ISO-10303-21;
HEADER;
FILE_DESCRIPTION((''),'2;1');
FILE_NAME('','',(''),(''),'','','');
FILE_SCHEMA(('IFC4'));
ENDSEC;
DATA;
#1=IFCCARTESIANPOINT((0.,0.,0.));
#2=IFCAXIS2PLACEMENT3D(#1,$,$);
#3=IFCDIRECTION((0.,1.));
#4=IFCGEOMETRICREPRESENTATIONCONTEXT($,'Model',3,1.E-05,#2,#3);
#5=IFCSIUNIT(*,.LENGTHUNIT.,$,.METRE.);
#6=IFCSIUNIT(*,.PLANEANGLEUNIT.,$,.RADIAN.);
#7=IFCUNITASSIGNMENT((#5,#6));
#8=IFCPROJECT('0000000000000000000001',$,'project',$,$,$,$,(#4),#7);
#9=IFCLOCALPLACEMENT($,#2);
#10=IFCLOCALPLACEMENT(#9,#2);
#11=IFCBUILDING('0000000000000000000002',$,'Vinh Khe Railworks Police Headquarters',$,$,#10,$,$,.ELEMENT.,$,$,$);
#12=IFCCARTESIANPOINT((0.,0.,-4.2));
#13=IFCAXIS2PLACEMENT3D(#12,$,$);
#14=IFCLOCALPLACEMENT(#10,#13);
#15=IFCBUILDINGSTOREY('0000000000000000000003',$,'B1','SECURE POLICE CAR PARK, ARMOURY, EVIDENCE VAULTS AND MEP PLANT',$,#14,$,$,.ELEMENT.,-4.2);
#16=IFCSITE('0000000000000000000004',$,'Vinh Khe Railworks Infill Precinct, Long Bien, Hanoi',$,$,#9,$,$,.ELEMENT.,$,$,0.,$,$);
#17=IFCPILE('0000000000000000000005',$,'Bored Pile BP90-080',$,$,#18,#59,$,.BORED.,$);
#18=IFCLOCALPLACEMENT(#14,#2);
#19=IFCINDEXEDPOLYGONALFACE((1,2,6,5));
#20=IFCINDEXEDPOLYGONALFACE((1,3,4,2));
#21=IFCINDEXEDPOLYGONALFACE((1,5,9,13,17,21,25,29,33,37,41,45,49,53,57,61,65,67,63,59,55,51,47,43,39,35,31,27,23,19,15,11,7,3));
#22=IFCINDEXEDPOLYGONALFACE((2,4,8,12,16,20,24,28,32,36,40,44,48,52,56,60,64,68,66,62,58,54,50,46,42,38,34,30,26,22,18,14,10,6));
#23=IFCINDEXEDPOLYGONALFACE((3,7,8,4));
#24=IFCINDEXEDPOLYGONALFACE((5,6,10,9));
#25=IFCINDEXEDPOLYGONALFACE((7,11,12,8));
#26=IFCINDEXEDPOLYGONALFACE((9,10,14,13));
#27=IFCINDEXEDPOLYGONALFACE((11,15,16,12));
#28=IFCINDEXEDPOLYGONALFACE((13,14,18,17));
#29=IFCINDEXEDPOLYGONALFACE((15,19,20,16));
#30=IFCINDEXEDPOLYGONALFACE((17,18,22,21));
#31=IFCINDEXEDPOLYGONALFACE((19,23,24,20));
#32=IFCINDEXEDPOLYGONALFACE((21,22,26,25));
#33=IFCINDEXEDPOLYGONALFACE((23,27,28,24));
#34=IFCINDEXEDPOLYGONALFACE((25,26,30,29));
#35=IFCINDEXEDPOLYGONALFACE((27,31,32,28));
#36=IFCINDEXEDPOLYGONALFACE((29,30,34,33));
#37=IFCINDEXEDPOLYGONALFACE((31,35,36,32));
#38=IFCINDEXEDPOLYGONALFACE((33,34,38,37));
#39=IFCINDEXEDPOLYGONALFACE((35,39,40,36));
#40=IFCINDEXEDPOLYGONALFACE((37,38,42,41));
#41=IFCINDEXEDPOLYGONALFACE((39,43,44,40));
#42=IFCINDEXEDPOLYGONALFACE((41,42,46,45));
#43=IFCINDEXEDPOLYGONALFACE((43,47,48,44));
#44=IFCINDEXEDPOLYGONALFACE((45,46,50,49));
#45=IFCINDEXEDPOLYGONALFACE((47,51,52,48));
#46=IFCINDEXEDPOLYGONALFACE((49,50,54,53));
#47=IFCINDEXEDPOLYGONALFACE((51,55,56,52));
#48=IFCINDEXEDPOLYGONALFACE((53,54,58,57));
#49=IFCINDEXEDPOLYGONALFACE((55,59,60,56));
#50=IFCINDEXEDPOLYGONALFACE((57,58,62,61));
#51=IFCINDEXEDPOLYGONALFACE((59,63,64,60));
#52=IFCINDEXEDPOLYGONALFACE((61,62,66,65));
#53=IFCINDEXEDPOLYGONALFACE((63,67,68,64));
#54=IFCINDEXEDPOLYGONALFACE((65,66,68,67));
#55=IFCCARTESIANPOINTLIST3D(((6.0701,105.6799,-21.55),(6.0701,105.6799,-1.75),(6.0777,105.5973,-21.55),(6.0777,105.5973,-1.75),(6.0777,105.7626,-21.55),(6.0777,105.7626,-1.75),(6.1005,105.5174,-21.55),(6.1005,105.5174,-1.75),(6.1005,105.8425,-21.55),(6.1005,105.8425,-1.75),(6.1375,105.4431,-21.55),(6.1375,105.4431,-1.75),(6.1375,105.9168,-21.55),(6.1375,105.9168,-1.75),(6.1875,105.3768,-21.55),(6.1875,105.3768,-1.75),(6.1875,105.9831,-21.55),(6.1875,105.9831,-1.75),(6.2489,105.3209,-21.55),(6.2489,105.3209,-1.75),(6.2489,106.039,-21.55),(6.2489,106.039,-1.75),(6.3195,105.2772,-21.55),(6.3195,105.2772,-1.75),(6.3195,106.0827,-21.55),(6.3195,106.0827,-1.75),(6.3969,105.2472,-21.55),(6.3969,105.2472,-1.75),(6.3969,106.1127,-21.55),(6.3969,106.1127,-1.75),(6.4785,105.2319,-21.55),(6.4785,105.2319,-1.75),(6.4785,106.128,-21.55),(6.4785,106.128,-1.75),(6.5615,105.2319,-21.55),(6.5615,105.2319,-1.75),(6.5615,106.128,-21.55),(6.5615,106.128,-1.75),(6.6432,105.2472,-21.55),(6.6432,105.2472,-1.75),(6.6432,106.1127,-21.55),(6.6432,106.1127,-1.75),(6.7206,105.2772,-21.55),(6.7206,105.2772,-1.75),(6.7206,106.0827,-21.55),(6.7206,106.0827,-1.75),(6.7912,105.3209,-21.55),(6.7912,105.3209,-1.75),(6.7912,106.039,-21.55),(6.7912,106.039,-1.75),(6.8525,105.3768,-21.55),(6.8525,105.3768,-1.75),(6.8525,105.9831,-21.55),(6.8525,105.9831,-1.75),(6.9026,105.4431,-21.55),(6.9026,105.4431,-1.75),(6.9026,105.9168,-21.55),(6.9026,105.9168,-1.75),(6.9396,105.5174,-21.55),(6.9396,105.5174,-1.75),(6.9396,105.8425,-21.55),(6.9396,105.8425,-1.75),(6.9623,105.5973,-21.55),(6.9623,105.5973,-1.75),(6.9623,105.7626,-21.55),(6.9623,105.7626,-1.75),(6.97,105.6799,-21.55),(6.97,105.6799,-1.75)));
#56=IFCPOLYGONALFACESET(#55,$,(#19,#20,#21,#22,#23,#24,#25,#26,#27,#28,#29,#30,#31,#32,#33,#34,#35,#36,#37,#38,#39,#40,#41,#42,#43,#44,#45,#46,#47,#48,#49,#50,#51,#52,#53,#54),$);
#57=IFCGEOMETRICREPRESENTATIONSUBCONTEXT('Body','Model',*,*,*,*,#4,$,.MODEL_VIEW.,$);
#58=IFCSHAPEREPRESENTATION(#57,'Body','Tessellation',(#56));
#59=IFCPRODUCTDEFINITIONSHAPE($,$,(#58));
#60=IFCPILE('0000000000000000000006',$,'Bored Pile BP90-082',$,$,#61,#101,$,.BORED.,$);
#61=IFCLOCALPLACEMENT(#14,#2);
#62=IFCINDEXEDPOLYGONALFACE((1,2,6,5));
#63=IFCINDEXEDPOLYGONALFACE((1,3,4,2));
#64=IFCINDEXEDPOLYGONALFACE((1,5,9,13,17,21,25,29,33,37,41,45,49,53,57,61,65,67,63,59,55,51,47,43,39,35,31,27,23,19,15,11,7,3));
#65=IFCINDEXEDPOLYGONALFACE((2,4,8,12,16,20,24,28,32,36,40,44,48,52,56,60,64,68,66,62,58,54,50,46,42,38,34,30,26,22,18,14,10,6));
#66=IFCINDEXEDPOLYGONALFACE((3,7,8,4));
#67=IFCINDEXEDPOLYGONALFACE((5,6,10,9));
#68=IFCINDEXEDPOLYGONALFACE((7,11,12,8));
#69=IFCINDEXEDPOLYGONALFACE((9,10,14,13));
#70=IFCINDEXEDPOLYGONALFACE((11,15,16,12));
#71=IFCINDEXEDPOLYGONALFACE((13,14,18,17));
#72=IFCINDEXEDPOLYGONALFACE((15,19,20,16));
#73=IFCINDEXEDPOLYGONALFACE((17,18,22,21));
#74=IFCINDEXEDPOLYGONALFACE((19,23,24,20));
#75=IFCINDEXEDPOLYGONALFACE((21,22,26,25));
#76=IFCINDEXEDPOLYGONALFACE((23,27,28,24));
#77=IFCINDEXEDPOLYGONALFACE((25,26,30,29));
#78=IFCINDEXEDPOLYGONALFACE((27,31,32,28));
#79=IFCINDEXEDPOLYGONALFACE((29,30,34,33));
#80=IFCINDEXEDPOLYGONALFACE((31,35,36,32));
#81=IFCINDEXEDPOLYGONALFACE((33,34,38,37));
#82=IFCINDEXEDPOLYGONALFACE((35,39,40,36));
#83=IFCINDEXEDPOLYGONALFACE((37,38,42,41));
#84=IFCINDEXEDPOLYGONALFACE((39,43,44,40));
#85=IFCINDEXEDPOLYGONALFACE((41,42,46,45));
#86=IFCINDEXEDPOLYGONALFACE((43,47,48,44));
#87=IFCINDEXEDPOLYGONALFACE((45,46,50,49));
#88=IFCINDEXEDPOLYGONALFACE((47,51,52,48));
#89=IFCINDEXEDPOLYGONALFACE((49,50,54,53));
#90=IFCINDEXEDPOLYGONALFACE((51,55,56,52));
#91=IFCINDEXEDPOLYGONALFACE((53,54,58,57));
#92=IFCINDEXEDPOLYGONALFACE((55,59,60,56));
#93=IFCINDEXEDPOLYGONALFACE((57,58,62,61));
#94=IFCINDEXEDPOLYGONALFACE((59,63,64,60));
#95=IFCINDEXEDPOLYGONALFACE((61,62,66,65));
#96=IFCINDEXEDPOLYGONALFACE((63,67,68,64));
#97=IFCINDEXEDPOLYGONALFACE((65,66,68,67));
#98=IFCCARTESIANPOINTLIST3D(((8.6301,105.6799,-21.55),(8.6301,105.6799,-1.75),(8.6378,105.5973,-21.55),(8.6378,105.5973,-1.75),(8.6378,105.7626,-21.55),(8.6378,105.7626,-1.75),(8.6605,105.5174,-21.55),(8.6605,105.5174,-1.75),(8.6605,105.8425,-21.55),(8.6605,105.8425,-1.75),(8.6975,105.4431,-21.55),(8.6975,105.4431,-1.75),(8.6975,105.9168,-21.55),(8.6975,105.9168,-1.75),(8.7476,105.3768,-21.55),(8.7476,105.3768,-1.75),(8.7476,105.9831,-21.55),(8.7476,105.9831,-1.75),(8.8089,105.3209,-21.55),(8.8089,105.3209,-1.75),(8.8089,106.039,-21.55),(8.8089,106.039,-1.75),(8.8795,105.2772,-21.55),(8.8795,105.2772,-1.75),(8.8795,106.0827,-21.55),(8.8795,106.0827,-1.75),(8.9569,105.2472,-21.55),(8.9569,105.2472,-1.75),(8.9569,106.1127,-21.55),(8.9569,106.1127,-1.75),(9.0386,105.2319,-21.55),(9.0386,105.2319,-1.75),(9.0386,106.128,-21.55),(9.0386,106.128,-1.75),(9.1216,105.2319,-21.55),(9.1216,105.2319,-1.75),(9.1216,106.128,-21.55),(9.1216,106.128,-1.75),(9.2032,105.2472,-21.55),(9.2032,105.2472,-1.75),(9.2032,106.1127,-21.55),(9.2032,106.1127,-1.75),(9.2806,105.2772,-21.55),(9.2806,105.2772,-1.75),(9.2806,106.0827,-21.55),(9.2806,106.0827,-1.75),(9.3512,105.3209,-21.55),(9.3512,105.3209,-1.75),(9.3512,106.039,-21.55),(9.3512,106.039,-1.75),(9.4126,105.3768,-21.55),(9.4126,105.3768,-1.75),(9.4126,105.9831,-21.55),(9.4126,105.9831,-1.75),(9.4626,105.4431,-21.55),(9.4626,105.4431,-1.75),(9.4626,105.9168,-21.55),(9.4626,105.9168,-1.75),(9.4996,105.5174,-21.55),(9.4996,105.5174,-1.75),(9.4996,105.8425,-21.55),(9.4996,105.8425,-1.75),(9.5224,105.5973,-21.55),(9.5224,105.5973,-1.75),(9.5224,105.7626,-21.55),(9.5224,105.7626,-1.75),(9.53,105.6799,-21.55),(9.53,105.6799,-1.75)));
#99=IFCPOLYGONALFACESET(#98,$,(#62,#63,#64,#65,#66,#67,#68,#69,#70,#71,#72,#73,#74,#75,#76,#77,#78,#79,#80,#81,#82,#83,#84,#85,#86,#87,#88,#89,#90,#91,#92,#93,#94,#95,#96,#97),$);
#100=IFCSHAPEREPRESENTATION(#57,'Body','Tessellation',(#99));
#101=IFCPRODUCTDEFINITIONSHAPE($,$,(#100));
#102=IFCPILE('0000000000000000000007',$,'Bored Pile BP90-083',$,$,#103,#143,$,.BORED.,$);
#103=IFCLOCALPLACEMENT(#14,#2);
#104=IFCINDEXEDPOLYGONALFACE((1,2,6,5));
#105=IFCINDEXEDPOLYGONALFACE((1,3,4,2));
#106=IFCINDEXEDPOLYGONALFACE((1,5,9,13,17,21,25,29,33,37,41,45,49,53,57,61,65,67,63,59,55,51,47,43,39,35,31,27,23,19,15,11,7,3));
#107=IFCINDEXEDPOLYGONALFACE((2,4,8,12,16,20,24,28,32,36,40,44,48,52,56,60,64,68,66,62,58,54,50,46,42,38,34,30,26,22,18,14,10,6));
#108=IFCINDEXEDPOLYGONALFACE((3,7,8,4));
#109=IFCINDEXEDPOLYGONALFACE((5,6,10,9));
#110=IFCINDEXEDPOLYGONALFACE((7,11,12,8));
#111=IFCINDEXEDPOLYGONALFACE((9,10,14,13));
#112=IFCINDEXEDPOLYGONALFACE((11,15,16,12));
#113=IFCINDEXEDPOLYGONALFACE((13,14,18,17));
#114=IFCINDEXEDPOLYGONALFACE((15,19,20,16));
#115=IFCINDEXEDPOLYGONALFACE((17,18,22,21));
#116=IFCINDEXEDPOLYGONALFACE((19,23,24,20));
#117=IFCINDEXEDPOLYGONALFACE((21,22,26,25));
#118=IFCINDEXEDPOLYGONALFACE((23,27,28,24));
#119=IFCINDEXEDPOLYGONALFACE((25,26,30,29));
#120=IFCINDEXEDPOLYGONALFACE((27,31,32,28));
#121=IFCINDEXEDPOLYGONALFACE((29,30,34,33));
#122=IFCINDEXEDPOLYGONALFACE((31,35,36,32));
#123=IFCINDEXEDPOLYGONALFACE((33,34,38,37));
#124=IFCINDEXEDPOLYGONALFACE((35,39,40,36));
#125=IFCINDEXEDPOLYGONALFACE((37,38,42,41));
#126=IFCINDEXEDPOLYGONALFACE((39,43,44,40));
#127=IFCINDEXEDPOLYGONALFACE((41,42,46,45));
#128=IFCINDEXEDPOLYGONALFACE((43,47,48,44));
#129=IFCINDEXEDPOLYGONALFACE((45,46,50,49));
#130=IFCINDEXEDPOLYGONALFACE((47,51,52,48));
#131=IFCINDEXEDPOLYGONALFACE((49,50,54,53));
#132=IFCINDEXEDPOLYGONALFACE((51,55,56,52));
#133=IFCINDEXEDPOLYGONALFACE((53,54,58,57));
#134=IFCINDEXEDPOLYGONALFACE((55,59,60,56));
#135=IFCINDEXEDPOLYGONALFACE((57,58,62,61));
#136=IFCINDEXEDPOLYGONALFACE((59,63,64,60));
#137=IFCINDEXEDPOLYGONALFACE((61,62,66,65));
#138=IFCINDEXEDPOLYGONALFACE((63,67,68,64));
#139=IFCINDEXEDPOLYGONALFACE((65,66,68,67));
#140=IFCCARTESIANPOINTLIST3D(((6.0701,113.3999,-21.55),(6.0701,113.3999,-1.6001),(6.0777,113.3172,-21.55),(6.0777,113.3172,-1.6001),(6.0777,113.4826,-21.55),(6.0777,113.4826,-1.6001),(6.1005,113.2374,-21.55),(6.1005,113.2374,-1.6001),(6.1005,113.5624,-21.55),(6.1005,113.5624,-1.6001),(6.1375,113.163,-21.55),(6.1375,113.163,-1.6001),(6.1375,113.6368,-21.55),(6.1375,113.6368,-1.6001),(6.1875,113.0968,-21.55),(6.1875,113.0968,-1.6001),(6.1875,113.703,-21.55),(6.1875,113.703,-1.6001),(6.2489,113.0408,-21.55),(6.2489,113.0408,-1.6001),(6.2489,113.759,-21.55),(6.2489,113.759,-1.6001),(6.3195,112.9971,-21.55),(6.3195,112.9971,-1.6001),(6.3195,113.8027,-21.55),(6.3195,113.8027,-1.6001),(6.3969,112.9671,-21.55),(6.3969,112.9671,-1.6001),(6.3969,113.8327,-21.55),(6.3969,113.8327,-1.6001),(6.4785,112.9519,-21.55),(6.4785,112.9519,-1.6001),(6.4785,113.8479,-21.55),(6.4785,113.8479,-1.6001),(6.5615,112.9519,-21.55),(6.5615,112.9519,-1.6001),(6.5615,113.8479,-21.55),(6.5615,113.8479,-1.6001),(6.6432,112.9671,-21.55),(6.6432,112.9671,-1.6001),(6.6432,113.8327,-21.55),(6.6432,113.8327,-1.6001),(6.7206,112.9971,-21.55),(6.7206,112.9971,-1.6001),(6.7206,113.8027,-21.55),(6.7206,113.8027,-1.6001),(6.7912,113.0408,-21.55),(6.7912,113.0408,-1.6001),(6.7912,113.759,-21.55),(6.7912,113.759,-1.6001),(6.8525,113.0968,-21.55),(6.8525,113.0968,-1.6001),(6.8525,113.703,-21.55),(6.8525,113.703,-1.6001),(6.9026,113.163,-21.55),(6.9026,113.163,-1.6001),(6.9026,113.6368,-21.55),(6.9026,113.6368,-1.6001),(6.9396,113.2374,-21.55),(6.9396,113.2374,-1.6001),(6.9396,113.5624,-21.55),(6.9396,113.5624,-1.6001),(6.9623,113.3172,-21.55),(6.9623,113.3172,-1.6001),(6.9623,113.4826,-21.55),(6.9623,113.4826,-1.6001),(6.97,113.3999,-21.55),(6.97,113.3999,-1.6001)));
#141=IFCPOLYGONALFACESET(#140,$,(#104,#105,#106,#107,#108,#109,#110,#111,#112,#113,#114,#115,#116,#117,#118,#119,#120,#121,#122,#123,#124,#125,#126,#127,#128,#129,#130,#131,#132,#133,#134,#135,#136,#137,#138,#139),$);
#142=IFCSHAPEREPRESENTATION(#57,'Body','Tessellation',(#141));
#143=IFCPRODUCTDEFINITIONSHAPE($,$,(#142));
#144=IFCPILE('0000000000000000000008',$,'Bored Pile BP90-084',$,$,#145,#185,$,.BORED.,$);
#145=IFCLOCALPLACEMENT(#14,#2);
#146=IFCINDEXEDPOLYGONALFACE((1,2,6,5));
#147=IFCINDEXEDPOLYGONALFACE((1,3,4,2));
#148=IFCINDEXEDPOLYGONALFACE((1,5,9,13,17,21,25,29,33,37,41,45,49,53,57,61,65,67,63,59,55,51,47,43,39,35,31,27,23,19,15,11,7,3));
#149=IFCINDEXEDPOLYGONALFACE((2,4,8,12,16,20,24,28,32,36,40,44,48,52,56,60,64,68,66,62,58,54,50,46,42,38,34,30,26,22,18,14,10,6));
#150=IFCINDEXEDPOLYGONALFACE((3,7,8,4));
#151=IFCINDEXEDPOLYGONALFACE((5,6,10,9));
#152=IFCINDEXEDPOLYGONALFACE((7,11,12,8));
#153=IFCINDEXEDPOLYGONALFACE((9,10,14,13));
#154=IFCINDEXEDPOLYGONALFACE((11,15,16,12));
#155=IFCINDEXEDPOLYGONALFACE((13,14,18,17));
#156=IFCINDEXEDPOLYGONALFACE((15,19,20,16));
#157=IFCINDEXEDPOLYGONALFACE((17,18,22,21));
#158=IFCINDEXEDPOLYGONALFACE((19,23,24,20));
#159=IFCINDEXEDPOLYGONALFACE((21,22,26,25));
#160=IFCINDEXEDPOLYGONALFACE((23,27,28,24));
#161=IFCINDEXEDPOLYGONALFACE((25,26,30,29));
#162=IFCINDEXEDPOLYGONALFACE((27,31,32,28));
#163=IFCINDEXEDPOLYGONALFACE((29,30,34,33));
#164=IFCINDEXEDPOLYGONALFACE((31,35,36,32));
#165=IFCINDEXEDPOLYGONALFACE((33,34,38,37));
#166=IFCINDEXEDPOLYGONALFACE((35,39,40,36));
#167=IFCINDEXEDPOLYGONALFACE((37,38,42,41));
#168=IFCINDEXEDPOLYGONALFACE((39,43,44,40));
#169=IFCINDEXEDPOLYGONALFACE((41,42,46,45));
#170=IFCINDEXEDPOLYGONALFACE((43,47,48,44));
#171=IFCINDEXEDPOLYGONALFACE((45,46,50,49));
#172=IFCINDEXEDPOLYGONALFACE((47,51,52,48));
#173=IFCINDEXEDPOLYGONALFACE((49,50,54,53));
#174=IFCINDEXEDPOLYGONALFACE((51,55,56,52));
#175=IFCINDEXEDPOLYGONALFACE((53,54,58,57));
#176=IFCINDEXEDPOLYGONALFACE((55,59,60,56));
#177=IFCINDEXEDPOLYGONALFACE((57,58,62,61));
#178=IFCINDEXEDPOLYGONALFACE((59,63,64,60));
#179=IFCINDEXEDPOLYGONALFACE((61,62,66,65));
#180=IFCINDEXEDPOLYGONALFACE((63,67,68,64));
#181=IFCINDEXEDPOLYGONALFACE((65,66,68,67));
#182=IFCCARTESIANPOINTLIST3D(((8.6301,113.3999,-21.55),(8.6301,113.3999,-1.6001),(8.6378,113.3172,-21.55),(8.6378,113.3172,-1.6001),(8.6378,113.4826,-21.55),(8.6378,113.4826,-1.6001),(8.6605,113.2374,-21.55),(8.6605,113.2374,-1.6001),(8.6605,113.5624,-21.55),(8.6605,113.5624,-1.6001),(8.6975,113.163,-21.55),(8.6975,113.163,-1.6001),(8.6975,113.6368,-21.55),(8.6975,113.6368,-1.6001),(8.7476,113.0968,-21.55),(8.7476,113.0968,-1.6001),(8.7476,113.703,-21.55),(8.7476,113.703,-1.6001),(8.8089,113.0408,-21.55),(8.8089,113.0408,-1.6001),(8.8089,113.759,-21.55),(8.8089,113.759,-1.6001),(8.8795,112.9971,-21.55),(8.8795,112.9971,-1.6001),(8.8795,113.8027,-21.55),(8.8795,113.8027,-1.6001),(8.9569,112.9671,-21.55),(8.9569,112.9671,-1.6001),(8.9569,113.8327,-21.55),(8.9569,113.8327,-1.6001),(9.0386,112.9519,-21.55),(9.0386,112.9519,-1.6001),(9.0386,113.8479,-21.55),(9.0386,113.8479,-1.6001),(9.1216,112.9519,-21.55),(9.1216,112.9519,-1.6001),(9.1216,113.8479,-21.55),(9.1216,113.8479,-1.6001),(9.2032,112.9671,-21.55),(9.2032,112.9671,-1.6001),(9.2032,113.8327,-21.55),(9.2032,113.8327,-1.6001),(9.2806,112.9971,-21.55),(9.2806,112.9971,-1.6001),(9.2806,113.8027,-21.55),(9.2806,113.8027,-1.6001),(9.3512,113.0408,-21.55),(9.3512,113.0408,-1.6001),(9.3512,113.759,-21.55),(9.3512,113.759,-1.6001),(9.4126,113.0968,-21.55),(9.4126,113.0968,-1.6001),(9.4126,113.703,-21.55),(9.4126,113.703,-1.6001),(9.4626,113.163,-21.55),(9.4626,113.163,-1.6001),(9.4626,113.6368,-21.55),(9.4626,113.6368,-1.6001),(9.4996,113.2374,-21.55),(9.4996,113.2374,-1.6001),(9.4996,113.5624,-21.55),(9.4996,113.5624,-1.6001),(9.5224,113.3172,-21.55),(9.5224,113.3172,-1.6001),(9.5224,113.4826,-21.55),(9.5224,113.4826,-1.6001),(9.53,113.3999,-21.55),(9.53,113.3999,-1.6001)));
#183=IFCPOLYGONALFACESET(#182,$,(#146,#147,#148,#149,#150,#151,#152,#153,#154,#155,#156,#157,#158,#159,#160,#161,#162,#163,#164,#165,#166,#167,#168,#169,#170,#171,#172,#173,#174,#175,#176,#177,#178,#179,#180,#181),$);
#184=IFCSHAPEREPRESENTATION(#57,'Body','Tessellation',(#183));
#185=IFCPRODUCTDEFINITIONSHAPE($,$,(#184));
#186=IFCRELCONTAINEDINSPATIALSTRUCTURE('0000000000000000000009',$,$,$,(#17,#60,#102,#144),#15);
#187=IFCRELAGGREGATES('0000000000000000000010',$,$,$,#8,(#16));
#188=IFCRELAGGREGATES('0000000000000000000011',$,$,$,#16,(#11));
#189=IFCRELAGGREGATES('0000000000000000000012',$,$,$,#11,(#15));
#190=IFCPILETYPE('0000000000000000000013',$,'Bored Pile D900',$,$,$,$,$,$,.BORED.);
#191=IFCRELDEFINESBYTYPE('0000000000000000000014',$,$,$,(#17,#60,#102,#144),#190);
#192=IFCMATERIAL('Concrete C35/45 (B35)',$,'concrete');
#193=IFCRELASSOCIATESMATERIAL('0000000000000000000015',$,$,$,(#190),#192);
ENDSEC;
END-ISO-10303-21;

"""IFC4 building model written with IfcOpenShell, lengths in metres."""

from ifc_helpers import new_model, si_unit, direction, frame, origin, origin_2d, place, context, subcontext, project, spatial, circle, extrude, material, material_profile, profile_set, type_object, element, save


model = new_model("IFC4")

# Units and contexts
model_context = context("Model", 3, precision=1e-05, world=origin(), true_north=direction((0.0, 1.0)))
body_context = subcontext(model_context, "Body", "Model", "MODEL_VIEW")
ifc_project = project(units=[si_unit("LENGTHUNIT", "METRE"), si_unit("PLANEANGLEUNIT", "RADIAN")], contexts=[model_context])

# Site, building, storey
site_placement = place(None, origin())
site = spatial("IfcSite", under=ifc_project, at=site_placement, Name="Vinh Khe Railworks Infill Precinct, Long Bien, Hanoi", CompositionType="ELEMENT", RefElevation=0.0)
building_placement = place(site_placement, origin())
building = spatial("IfcBuilding", under=site, at=building_placement, Name="Vinh Khe Railworks Police Headquarters", CompositionType="ELEMENT")
storey_placement = place(building_placement, frame((0.0, 0.0, -4.2)))
storey = spatial("IfcBuildingStorey", under=building, at=storey_placement, Name="B1", Description="SECURE POLICE CAR PARK, ARMOURY, EVIDENCE VAULTS AND MEP PLANT", CompositionType="ELEMENT", Elevation=-4.2)

# Piles
ifc_material_1 = material(Name="Concrete C35/45 (B35)", Category="concrete")
ifc_material_profile_1 = material_profile(ifc_material_1, circle(Radius=0.45, at=origin_2d()), Name="BORED PILE D900")
ifc_profile_set_1 = profile_set([ifc_material_profile_1], Name="Concrete C35/45 (B35)")
pile_type = type_object("IfcPileType", Name="Bored Pile D900", PredefinedType="BORED", material=ifc_profile_set_1)
for number, where, z_axis, x_axis, name in (
    (1, (6.52, 105.6799, -1.75), (0.0, 0.0, -1.0), (1.0, 0.0, 0.0), "Bored Pile BP90-080"),
    (2, (9.0801, 105.6799, -1.75), (0.0, 0.0, -1.0), (1.0, 0.0, 0.0), "Bored Pile BP90-082"),
):
    element("IfcPile", number, at=place(storey_placement, frame(where, z_axis=z_axis, x_axis=x_axis)), inside=storey, type_object=pile_type, Name=name, PredefinedType="BORED", context=body_context, shape_type="SweptSolid", body=[
        extrude(circle(Radius=0.45, at=origin_2d()), origin(), (0.0, 0.0, 1.0), 19.8),
    ])
for number, where, z_axis, x_axis, name in (
    (3, (6.52, 113.3999, -1.6001), (0.0, 0.0, -1.0), (1.0, 0.0, 0.0), "Bored Pile BP90-083"),
    (4, (9.0801, 113.3999, -1.6001), (0.0, 0.0, -1.0), (1.0, 0.0, 0.0), "Bored Pile BP90-084"),
):
    element("IfcPile", number, at=place(storey_placement, frame(where, z_axis=z_axis, x_axis=x_axis)), inside=storey, type_object=pile_type, Name=name, PredefinedType="BORED", context=body_context, shape_type="SweptSolid", body=[
        extrude(circle(Radius=0.45, at=origin_2d()), origin(), (0.0, 0.0, 1.0), 19.95),
    ])

save(model, "model.ifc")
